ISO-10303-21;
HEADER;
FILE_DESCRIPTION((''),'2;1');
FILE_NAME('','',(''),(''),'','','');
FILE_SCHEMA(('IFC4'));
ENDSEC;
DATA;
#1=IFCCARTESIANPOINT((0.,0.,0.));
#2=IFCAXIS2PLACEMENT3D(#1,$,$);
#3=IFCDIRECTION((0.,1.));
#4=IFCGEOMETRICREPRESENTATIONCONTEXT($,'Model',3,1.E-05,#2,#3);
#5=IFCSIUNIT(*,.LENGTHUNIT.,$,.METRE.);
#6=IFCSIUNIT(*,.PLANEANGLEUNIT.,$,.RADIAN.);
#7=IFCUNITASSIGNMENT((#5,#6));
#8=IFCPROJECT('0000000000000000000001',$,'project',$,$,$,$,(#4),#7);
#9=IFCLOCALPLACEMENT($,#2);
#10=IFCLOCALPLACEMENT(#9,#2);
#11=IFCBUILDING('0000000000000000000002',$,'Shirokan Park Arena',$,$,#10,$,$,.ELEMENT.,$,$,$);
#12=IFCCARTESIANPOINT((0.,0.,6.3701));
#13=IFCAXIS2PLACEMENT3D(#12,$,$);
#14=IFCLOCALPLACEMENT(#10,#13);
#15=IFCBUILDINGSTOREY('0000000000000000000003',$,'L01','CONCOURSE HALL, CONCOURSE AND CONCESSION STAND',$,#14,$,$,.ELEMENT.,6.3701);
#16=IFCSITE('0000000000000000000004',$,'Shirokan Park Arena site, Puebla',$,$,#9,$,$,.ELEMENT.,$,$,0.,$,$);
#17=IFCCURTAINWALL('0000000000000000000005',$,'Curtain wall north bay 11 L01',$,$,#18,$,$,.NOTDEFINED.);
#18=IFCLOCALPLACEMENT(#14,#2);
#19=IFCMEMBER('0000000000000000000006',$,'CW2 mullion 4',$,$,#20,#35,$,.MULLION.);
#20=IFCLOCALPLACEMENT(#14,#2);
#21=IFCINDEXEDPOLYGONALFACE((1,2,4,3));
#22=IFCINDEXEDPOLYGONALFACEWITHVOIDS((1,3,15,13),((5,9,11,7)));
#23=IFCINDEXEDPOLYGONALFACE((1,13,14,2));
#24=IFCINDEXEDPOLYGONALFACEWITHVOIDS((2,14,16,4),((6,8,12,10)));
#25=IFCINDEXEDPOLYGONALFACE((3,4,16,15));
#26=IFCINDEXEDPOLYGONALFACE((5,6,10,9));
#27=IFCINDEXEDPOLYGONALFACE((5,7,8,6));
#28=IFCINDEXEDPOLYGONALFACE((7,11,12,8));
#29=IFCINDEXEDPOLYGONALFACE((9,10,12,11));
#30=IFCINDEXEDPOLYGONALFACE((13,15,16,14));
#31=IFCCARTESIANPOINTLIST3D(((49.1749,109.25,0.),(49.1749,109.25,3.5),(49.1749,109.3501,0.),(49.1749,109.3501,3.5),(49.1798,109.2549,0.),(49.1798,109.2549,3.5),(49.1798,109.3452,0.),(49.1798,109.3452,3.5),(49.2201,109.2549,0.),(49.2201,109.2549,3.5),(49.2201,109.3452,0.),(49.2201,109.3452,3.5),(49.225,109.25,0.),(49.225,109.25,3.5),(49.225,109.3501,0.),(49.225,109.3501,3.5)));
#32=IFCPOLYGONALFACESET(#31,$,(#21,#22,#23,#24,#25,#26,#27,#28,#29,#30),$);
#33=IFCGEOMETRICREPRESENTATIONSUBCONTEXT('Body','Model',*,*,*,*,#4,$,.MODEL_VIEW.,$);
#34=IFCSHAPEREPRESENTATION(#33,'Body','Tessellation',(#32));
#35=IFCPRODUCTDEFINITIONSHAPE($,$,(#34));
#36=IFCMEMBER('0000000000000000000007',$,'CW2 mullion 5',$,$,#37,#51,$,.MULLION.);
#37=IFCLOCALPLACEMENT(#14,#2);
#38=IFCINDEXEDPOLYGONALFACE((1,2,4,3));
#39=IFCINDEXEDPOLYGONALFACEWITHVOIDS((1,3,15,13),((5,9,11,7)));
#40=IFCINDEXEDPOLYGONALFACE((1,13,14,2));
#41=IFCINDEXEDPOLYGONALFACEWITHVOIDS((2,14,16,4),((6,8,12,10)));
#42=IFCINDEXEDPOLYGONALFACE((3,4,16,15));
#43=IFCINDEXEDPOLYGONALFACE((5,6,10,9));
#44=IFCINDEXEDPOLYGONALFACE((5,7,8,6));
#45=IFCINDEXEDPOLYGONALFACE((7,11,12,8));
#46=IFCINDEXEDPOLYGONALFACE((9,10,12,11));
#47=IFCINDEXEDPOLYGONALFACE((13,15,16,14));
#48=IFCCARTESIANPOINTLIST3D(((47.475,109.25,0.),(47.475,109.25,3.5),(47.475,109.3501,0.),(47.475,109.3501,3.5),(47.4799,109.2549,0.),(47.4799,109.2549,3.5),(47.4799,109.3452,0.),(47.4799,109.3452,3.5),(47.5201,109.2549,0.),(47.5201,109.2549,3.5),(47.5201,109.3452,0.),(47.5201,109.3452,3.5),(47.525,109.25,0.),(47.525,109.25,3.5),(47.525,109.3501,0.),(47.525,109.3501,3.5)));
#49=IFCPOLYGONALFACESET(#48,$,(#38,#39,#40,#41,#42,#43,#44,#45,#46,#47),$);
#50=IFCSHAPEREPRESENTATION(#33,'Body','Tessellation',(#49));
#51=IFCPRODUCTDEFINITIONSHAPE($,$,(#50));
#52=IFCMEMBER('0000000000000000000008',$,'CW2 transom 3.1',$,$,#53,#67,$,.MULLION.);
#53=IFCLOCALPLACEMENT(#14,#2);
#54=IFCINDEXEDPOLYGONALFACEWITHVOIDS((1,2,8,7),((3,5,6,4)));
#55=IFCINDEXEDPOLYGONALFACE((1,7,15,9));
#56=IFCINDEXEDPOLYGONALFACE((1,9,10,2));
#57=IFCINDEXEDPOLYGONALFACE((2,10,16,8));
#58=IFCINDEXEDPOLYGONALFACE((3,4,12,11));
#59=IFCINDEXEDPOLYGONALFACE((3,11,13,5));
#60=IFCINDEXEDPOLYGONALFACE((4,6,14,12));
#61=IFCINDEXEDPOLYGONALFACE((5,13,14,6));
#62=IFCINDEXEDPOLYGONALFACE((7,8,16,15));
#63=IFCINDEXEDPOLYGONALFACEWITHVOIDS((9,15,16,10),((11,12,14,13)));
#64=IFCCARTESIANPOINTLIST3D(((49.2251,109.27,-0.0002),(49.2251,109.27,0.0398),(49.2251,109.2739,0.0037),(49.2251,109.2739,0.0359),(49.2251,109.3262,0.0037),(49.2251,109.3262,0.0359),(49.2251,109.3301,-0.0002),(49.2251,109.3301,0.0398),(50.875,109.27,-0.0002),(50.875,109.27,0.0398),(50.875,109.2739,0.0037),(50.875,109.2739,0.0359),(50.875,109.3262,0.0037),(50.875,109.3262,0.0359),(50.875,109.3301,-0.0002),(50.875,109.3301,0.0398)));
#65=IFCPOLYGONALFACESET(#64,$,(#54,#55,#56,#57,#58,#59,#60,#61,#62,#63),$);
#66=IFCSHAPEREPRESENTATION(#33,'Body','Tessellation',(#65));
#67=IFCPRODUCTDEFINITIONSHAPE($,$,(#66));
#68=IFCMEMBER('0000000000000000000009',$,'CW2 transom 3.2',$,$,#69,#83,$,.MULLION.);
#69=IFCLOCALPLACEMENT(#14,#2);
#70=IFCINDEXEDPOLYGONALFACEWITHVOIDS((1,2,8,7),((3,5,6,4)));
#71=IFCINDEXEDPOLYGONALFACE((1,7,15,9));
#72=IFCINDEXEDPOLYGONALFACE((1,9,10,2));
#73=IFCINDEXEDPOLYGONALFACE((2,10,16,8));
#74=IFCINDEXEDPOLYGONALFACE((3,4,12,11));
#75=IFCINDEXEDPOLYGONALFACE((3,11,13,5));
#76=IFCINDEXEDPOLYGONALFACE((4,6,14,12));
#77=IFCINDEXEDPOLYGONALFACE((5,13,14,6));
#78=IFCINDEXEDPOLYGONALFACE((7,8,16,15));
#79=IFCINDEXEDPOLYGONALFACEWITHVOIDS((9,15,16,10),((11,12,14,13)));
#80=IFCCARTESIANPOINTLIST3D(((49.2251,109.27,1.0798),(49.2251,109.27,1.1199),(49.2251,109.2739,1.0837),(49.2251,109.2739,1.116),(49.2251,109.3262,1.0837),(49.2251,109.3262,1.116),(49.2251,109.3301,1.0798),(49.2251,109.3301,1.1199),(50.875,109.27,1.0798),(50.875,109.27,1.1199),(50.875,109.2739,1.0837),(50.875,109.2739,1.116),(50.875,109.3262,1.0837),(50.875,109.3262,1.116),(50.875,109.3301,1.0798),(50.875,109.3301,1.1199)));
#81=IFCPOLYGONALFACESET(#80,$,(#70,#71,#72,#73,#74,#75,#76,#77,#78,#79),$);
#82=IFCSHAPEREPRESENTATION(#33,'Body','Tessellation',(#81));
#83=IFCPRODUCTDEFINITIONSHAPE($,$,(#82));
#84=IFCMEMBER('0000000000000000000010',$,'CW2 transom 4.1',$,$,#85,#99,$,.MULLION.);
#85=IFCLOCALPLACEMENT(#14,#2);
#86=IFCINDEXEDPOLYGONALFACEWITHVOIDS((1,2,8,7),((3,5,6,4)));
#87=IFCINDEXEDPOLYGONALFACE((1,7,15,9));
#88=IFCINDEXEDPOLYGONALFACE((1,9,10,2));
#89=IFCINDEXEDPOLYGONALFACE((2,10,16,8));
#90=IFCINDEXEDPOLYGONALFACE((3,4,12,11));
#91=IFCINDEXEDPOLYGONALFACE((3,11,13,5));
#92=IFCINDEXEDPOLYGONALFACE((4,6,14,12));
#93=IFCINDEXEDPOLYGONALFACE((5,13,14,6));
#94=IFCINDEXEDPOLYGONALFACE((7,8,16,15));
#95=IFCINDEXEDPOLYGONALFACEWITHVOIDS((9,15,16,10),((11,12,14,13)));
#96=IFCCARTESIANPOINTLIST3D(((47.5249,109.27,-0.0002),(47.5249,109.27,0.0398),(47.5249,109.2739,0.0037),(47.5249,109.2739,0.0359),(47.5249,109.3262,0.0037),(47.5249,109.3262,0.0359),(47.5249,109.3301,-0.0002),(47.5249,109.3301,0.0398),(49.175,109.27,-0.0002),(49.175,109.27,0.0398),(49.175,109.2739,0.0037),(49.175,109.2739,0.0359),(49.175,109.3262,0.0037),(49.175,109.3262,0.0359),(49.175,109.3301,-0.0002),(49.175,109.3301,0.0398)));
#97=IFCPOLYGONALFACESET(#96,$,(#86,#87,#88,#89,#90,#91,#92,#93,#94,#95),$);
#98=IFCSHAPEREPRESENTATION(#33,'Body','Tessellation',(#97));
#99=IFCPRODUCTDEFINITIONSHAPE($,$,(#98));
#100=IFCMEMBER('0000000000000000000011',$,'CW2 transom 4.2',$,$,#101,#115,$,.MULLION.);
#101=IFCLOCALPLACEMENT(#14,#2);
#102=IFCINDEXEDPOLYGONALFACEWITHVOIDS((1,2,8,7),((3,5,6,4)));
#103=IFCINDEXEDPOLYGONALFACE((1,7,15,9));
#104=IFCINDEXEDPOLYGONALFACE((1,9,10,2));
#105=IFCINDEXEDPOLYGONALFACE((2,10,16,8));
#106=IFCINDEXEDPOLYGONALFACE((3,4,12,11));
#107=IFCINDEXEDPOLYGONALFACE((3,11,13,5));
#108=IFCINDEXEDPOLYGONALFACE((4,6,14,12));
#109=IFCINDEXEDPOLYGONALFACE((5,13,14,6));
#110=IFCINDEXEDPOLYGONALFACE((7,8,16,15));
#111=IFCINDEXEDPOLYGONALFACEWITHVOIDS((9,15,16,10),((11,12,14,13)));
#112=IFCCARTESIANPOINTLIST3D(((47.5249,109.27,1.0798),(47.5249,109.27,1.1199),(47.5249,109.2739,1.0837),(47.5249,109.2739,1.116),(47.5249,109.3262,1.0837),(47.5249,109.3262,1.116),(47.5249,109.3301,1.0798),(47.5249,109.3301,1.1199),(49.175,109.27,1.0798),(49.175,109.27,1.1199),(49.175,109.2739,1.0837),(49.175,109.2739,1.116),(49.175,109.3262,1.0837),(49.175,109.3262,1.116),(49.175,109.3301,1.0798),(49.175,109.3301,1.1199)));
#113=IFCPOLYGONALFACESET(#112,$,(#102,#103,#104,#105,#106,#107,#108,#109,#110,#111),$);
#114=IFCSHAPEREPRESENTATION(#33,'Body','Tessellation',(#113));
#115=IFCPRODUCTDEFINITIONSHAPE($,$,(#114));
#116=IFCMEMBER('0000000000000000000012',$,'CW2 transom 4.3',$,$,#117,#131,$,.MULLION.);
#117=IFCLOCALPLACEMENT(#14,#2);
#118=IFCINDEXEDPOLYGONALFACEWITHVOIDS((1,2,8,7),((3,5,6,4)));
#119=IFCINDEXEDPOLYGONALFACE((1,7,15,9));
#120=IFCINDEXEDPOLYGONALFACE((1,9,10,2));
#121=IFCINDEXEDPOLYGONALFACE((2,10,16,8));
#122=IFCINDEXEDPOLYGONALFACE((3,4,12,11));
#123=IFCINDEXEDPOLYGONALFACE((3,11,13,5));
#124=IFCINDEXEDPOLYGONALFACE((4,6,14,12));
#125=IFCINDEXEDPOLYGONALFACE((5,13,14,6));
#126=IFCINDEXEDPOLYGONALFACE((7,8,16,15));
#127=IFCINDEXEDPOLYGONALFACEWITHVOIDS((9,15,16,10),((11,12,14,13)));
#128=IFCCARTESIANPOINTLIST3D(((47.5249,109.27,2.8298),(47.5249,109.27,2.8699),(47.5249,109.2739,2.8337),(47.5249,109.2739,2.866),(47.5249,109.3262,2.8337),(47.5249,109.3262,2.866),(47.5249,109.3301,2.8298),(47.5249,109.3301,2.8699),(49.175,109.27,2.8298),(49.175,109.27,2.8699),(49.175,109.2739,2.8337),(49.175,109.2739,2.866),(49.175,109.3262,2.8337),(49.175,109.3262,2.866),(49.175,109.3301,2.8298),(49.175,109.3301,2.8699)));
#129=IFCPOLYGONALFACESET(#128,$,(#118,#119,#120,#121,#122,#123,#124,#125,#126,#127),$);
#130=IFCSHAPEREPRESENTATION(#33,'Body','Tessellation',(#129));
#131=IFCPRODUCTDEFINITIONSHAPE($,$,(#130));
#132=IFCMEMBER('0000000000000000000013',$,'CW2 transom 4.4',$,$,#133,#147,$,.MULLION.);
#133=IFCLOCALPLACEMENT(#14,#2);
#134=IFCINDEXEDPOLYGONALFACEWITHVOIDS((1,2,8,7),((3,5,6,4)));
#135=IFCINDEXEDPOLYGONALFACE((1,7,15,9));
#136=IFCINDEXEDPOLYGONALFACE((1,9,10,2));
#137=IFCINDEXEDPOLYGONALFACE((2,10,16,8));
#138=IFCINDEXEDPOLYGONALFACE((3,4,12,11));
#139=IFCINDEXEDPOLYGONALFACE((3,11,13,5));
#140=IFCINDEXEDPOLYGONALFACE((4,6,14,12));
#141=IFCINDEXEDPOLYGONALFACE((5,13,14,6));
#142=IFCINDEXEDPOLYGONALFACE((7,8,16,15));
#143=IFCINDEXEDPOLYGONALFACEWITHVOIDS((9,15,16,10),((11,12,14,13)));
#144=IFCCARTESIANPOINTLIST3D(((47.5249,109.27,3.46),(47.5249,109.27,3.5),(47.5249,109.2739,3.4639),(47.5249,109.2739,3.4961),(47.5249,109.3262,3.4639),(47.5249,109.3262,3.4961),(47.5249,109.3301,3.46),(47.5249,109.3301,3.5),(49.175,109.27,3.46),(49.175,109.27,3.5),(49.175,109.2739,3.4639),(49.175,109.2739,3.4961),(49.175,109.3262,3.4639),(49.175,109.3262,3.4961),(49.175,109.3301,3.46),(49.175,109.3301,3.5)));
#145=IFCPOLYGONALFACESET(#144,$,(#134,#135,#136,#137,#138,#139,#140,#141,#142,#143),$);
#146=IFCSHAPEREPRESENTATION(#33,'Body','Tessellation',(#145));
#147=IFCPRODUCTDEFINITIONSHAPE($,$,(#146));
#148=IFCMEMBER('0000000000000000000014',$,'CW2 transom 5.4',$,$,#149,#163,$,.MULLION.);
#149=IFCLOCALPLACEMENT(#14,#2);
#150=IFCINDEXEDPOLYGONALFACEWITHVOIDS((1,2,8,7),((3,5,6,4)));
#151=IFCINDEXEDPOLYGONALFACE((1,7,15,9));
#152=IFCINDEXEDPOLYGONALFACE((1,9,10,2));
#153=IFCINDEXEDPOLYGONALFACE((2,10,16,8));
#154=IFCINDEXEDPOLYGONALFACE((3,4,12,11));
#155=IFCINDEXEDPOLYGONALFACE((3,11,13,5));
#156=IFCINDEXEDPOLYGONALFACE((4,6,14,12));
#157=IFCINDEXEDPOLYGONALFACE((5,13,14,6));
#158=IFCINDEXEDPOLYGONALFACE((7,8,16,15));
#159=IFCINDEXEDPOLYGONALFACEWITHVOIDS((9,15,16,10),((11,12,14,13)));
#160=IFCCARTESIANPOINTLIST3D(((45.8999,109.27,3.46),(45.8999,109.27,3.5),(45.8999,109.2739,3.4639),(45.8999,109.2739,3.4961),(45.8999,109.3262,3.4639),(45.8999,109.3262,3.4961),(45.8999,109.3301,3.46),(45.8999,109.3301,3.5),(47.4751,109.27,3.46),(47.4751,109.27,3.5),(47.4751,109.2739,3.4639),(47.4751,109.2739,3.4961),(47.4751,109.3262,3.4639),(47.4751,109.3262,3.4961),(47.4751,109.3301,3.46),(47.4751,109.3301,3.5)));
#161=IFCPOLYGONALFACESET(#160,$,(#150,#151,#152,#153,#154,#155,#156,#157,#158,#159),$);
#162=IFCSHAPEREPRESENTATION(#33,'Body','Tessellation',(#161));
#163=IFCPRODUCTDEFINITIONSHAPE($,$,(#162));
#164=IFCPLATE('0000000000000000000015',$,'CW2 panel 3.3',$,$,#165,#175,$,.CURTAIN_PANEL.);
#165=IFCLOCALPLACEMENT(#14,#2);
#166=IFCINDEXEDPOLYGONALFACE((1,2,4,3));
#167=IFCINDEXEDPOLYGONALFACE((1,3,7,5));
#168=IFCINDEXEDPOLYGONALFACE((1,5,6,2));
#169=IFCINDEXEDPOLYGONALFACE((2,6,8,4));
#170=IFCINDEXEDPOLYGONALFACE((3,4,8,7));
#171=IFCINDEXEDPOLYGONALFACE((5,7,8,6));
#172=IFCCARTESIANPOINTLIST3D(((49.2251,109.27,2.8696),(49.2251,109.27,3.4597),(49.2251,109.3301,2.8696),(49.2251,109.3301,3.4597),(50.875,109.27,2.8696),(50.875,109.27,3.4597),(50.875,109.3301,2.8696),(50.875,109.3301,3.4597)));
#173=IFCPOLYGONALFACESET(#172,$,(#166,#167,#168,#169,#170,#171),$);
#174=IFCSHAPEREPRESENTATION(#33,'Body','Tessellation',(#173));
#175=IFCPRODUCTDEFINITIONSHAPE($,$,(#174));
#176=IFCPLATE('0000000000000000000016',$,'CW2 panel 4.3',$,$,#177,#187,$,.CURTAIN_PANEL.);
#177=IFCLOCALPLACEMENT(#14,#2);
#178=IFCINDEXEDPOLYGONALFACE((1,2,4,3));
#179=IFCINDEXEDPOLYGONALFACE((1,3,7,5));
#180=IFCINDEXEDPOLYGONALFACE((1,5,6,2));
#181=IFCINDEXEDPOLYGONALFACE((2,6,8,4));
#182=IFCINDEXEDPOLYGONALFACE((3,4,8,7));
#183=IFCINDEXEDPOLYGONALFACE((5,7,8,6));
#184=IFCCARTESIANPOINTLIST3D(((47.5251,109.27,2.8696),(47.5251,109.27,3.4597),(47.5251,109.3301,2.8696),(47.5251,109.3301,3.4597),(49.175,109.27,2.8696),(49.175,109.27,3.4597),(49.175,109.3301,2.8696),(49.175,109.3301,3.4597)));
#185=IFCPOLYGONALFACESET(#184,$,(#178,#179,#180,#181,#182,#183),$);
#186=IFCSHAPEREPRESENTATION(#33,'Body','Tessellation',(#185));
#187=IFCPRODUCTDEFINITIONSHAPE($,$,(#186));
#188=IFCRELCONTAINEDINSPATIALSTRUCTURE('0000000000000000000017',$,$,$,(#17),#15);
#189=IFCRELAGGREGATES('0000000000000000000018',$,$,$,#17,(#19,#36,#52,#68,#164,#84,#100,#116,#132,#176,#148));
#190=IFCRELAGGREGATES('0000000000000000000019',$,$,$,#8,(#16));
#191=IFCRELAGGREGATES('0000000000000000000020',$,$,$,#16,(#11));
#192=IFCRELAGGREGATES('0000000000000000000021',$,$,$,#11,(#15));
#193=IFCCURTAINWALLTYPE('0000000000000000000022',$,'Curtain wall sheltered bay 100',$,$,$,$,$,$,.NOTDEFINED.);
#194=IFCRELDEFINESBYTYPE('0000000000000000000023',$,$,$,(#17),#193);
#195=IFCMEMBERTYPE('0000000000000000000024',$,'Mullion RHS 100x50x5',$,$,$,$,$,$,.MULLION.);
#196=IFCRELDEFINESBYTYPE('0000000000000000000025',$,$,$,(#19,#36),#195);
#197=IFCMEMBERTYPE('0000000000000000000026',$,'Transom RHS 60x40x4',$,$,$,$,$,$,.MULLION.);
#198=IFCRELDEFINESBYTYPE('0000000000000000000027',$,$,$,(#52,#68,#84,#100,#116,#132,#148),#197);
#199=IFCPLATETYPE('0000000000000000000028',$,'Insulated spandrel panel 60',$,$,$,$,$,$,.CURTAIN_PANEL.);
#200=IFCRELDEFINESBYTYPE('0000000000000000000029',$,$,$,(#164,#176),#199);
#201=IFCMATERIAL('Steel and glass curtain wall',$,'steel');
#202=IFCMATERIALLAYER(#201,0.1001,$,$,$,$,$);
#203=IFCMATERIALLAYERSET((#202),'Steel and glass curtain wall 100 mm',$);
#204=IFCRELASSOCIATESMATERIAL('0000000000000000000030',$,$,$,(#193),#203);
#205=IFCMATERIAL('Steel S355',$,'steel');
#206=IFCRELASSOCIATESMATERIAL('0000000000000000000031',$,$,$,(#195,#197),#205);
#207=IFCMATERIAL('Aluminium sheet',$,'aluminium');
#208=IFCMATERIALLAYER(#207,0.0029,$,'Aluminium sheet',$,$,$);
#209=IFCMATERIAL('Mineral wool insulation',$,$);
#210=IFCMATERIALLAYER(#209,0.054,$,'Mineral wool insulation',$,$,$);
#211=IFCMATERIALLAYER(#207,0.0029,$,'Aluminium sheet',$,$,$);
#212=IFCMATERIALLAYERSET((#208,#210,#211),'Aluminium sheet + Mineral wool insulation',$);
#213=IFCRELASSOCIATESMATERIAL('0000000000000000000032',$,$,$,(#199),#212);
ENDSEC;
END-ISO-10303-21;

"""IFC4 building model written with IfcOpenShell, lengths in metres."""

from ifc_helpers import new_model, si_unit, direction, frame, origin, origin_2d, place, context, subcontext, project, spatial, rectangle, hollow_rectangle, extrude, material, layer, layer_set, material_profile, profile_set, type_object, element, aggregate, save


model = new_model("IFC4")

# Units and contexts
model_context = context("Model", 3, precision=1e-05, world=origin(), true_north=direction((0.0, 1.0)))
body_context = subcontext(model_context, "Body", "Model", "MODEL_VIEW")
ifc_project = project(units=[si_unit("LENGTHUNIT", "METRE"), si_unit("PLANEANGLEUNIT", "RADIAN")], contexts=[model_context])

# Site, building, storey
site_placement = place(None, origin())
site = spatial("IfcSite", under=ifc_project, at=site_placement, Name="Shirokan Park Arena site, Puebla", CompositionType="ELEMENT", RefElevation=0.0)
building_placement = place(site_placement, origin())
building = spatial("IfcBuilding", under=site, at=building_placement, Name="Shirokan Park Arena", CompositionType="ELEMENT")
storey_placement = place(building_placement, frame((0.0, 0.0, 6.3701)))
storey = spatial("IfcBuildingStorey", under=building, at=storey_placement, Name="L01", Description="CONCOURSE HALL, CONCOURSE AND CONCESSION STAND", CompositionType="ELEMENT", Elevation=6.3701)

# Curtain wall, members, plates
ifc_material_1 = material(Name="Steel and glass curtain wall", Category="steel")
ifc_layer_1 = layer(ifc_material_1, 0.1001)
ifc_layer_set_1 = layer_set([ifc_layer_1], Name="Steel and glass curtain wall 100 mm")
curtain_wall_type = type_object("IfcCurtainWallType", Name="Curtain wall sheltered bay 100", PredefinedType="NOTDEFINED", material=ifc_layer_set_1)
curtain_wall_placement = place(storey_placement, origin())
curtain_wall = element("IfcCurtainWall", 1, at=curtain_wall_placement, inside=storey, type_object=curtain_wall_type, Name="Curtain wall north bay 11 L01", PredefinedType="NOTDEFINED")
ifc_material_2 = material(Name="Steel S355", Category="steel")
ifc_material_profile_1 = material_profile(ifc_material_2, hollow_rectangle(XDim=0.1001, YDim=0.05, WallThickness=0.0049, at=origin_2d()), Name="RHS 100x50x5")
ifc_profile_set_1 = profile_set([ifc_material_profile_1], Name="Steel S355")
member_type_1 = type_object("IfcMemberType", Name="Mullion RHS 100x50x5", PredefinedType="MULLION", material=ifc_profile_set_1)
member_1_placement = place(storey_placement, frame((49.2, 109.3, 0.0), z_axis=(0.0, 0.0, 1.0), x_axis=(0.0, -1.0, 0.0)))
member_1 = element("IfcMember", 2, at=member_1_placement, type_object=member_type_1, Name="CW2 mullion 4", PredefinedType="MULLION", context=body_context, shape_type="SweptSolid", body=[
    extrude(hollow_rectangle(XDim=0.1001, YDim=0.05, WallThickness=0.0049, at=origin_2d()), origin(), (0.0, 0.0, 1.0), 3.5),
])
member_2_placement = place(storey_placement, frame((47.5, 109.3, 0.0), z_axis=(0.0, 0.0, 1.0), x_axis=(0.0, -1.0, 0.0)))
member_2 = element("IfcMember", 3, at=member_2_placement, type_object=member_type_1, Name="CW2 mullion 5", PredefinedType="MULLION", context=body_context, shape_type="SweptSolid", body=[
    extrude(hollow_rectangle(XDim=0.1001, YDim=0.05, WallThickness=0.0049, at=origin_2d()), origin(), (0.0, 0.0, 1.0), 3.5),
])
ifc_material_profile_2 = material_profile(ifc_material_2, hollow_rectangle(XDim=0.0601, YDim=0.04, WallThickness=0.0039, at=origin_2d()), Name="RHS 60x40x4")
ifc_profile_set_2 = profile_set([ifc_material_profile_2], Name="Steel S355")
member_type_2 = type_object("IfcMemberType", Name="Transom RHS 60x40x4", PredefinedType="MULLION", material=ifc_profile_set_2)
member_3_placement = place(storey_placement, frame((50.875, 109.3, 0.0198), z_axis=(-1.0, 0.0, 0.0), x_axis=(0.0, -1.0, 0.0)))
member_3 = element("IfcMember", 4, at=member_3_placement, type_object=member_type_2, Name="CW2 transom 3.1", PredefinedType="MULLION", context=body_context, shape_type="SweptSolid", body=[
    extrude(hollow_rectangle(XDim=0.0601, YDim=0.04, WallThickness=0.0039, at=origin_2d()), origin(), (0.0, 0.0, 1.0), 1.6499),
])
member_4_placement = place(storey_placement, frame((50.875, 109.3, 1.0999), z_axis=(-1.0, 0.0, 0.0), x_axis=(0.0, -1.0, 0.0)))
member_4 = element("IfcMember", 5, at=member_4_placement, type_object=member_type_2, Name="CW2 transom 3.2", PredefinedType="MULLION", context=body_context, shape_type="SweptSolid", body=[
    extrude(hollow_rectangle(XDim=0.0601, YDim=0.04, WallThickness=0.0039, at=origin_2d()), origin(), (0.0, 0.0, 1.0), 1.6499),
])
member_5_placement = place(storey_placement, frame((49.175, 109.3, 0.0198), z_axis=(-1.0, 0.0, 0.0), x_axis=(0.0, -1.0, 0.0)))
member_5 = element("IfcMember", 6, at=member_5_placement, type_object=member_type_2, Name="CW2 transom 4.1", PredefinedType="MULLION", context=body_context, shape_type="SweptSolid", body=[
    extrude(hollow_rectangle(XDim=0.0601, YDim=0.04, WallThickness=0.0039, at=origin_2d()), origin(), (0.0, 0.0, 1.0), 1.6501),
])
member_6_placement = place(storey_placement, frame((49.175, 109.3, 1.0999), z_axis=(-1.0, 0.0, 0.0), x_axis=(0.0, -1.0, 0.0)))
member_6 = element("IfcMember", 7, at=member_6_placement, type_object=member_type_2, Name="CW2 transom 4.2", PredefinedType="MULLION", context=body_context, shape_type="SweptSolid", body=[
    extrude(hollow_rectangle(XDim=0.0601, YDim=0.04, WallThickness=0.0039, at=origin_2d()), origin(), (0.0, 0.0, 1.0), 1.6501),
])
member_7_placement = place(storey_placement, frame((49.175, 109.3, 2.8499), z_axis=(-1.0, 0.0, 0.0), x_axis=(0.0, -1.0, 0.0)))
member_7 = element("IfcMember", 8, at=member_7_placement, type_object=member_type_2, Name="CW2 transom 4.3", PredefinedType="MULLION", context=body_context, shape_type="SweptSolid", body=[
    extrude(hollow_rectangle(XDim=0.0601, YDim=0.04, WallThickness=0.0039, at=origin_2d()), origin(), (0.0, 0.0, 1.0), 1.6501),
])
member_8_placement = place(storey_placement, frame((49.175, 109.3, 3.48), z_axis=(-1.0, 0.0, 0.0), x_axis=(0.0, -1.0, 0.0)))
member_8 = element("IfcMember", 9, at=member_8_placement, type_object=member_type_2, Name="CW2 transom 4.4", PredefinedType="MULLION", context=body_context, shape_type="SweptSolid", body=[
    extrude(hollow_rectangle(XDim=0.0601, YDim=0.04, WallThickness=0.0039, at=origin_2d()), origin(), (0.0, 0.0, 1.0), 1.6501),
])
member_9_placement = place(storey_placement, frame((47.4751, 109.3, 3.48), z_axis=(-1.0, 0.0, 0.0), x_axis=(0.0, -1.0, 0.0)))
member_9 = element("IfcMember", 10, at=member_9_placement, type_object=member_type_2, Name="CW2 transom 5.4", PredefinedType="MULLION", context=body_context, shape_type="SweptSolid", body=[
    extrude(hollow_rectangle(XDim=0.0601, YDim=0.04, WallThickness=0.0039, at=origin_2d()), origin(), (0.0, 0.0, 1.0), 1.5752),
])
ifc_material_3 = material(Name="Aluminium sheet", Category="aluminium")
ifc_layer_2 = layer(ifc_material_3, 0.0029, Name="Aluminium sheet")
ifc_material_4 = material(Name="Mineral wool insulation")
ifc_layer_3 = layer(ifc_material_4, 0.054, Name="Mineral wool insulation")
ifc_layer_4 = layer(ifc_material_3, 0.0029, Name="Aluminium sheet")
ifc_layer_set_2 = layer_set([ifc_layer_2, ifc_layer_3, ifc_layer_4], Name="Aluminium sheet + Mineral wool insulation")
plate_type_1 = type_object("IfcPlateType", Name="Insulated spandrel panel 60", PredefinedType="CURTAIN_PANEL", material=ifc_layer_set_2)
plate_1_placement = place(storey_placement, frame((50.05, 109.3, 2.8696), z_axis=(0.0, 0.0, 1.0), x_axis=(-1.0, 0.0, 0.0)))
plate_1 = element("IfcPlate", 11, at=plate_1_placement, type_object=plate_type_1, Name="CW2 panel 3.3", PredefinedType="CURTAIN_PANEL", context=body_context, shape_type="SweptSolid", body=[
    extrude(rectangle(XDim=1.6499, YDim=0.0601, at=origin_2d()), origin(), (0.0, 0.0, 1.0), 0.5901),
])
plate_2_placement = place(storey_placement, frame((48.3501, 109.3, 2.8696), z_axis=(0.0, 0.0, 1.0), x_axis=(-1.0, 0.0, 0.0)))
plate_2 = element("IfcPlate", 12, at=plate_2_placement, type_object=plate_type_1, Name="CW2 panel 4.3", PredefinedType="CURTAIN_PANEL", context=body_context, shape_type="SweptSolid", body=[
    extrude(rectangle(XDim=1.6499, YDim=0.0601, at=origin_2d()), origin(), (0.0, 0.0, 1.0), 0.5901),
])
aggregate(curtain_wall, [member_1, member_2, member_3, member_4, plate_1, member_5, member_6, member_7, member_8, plate_2, member_9])

save(model, "model.ifc")
